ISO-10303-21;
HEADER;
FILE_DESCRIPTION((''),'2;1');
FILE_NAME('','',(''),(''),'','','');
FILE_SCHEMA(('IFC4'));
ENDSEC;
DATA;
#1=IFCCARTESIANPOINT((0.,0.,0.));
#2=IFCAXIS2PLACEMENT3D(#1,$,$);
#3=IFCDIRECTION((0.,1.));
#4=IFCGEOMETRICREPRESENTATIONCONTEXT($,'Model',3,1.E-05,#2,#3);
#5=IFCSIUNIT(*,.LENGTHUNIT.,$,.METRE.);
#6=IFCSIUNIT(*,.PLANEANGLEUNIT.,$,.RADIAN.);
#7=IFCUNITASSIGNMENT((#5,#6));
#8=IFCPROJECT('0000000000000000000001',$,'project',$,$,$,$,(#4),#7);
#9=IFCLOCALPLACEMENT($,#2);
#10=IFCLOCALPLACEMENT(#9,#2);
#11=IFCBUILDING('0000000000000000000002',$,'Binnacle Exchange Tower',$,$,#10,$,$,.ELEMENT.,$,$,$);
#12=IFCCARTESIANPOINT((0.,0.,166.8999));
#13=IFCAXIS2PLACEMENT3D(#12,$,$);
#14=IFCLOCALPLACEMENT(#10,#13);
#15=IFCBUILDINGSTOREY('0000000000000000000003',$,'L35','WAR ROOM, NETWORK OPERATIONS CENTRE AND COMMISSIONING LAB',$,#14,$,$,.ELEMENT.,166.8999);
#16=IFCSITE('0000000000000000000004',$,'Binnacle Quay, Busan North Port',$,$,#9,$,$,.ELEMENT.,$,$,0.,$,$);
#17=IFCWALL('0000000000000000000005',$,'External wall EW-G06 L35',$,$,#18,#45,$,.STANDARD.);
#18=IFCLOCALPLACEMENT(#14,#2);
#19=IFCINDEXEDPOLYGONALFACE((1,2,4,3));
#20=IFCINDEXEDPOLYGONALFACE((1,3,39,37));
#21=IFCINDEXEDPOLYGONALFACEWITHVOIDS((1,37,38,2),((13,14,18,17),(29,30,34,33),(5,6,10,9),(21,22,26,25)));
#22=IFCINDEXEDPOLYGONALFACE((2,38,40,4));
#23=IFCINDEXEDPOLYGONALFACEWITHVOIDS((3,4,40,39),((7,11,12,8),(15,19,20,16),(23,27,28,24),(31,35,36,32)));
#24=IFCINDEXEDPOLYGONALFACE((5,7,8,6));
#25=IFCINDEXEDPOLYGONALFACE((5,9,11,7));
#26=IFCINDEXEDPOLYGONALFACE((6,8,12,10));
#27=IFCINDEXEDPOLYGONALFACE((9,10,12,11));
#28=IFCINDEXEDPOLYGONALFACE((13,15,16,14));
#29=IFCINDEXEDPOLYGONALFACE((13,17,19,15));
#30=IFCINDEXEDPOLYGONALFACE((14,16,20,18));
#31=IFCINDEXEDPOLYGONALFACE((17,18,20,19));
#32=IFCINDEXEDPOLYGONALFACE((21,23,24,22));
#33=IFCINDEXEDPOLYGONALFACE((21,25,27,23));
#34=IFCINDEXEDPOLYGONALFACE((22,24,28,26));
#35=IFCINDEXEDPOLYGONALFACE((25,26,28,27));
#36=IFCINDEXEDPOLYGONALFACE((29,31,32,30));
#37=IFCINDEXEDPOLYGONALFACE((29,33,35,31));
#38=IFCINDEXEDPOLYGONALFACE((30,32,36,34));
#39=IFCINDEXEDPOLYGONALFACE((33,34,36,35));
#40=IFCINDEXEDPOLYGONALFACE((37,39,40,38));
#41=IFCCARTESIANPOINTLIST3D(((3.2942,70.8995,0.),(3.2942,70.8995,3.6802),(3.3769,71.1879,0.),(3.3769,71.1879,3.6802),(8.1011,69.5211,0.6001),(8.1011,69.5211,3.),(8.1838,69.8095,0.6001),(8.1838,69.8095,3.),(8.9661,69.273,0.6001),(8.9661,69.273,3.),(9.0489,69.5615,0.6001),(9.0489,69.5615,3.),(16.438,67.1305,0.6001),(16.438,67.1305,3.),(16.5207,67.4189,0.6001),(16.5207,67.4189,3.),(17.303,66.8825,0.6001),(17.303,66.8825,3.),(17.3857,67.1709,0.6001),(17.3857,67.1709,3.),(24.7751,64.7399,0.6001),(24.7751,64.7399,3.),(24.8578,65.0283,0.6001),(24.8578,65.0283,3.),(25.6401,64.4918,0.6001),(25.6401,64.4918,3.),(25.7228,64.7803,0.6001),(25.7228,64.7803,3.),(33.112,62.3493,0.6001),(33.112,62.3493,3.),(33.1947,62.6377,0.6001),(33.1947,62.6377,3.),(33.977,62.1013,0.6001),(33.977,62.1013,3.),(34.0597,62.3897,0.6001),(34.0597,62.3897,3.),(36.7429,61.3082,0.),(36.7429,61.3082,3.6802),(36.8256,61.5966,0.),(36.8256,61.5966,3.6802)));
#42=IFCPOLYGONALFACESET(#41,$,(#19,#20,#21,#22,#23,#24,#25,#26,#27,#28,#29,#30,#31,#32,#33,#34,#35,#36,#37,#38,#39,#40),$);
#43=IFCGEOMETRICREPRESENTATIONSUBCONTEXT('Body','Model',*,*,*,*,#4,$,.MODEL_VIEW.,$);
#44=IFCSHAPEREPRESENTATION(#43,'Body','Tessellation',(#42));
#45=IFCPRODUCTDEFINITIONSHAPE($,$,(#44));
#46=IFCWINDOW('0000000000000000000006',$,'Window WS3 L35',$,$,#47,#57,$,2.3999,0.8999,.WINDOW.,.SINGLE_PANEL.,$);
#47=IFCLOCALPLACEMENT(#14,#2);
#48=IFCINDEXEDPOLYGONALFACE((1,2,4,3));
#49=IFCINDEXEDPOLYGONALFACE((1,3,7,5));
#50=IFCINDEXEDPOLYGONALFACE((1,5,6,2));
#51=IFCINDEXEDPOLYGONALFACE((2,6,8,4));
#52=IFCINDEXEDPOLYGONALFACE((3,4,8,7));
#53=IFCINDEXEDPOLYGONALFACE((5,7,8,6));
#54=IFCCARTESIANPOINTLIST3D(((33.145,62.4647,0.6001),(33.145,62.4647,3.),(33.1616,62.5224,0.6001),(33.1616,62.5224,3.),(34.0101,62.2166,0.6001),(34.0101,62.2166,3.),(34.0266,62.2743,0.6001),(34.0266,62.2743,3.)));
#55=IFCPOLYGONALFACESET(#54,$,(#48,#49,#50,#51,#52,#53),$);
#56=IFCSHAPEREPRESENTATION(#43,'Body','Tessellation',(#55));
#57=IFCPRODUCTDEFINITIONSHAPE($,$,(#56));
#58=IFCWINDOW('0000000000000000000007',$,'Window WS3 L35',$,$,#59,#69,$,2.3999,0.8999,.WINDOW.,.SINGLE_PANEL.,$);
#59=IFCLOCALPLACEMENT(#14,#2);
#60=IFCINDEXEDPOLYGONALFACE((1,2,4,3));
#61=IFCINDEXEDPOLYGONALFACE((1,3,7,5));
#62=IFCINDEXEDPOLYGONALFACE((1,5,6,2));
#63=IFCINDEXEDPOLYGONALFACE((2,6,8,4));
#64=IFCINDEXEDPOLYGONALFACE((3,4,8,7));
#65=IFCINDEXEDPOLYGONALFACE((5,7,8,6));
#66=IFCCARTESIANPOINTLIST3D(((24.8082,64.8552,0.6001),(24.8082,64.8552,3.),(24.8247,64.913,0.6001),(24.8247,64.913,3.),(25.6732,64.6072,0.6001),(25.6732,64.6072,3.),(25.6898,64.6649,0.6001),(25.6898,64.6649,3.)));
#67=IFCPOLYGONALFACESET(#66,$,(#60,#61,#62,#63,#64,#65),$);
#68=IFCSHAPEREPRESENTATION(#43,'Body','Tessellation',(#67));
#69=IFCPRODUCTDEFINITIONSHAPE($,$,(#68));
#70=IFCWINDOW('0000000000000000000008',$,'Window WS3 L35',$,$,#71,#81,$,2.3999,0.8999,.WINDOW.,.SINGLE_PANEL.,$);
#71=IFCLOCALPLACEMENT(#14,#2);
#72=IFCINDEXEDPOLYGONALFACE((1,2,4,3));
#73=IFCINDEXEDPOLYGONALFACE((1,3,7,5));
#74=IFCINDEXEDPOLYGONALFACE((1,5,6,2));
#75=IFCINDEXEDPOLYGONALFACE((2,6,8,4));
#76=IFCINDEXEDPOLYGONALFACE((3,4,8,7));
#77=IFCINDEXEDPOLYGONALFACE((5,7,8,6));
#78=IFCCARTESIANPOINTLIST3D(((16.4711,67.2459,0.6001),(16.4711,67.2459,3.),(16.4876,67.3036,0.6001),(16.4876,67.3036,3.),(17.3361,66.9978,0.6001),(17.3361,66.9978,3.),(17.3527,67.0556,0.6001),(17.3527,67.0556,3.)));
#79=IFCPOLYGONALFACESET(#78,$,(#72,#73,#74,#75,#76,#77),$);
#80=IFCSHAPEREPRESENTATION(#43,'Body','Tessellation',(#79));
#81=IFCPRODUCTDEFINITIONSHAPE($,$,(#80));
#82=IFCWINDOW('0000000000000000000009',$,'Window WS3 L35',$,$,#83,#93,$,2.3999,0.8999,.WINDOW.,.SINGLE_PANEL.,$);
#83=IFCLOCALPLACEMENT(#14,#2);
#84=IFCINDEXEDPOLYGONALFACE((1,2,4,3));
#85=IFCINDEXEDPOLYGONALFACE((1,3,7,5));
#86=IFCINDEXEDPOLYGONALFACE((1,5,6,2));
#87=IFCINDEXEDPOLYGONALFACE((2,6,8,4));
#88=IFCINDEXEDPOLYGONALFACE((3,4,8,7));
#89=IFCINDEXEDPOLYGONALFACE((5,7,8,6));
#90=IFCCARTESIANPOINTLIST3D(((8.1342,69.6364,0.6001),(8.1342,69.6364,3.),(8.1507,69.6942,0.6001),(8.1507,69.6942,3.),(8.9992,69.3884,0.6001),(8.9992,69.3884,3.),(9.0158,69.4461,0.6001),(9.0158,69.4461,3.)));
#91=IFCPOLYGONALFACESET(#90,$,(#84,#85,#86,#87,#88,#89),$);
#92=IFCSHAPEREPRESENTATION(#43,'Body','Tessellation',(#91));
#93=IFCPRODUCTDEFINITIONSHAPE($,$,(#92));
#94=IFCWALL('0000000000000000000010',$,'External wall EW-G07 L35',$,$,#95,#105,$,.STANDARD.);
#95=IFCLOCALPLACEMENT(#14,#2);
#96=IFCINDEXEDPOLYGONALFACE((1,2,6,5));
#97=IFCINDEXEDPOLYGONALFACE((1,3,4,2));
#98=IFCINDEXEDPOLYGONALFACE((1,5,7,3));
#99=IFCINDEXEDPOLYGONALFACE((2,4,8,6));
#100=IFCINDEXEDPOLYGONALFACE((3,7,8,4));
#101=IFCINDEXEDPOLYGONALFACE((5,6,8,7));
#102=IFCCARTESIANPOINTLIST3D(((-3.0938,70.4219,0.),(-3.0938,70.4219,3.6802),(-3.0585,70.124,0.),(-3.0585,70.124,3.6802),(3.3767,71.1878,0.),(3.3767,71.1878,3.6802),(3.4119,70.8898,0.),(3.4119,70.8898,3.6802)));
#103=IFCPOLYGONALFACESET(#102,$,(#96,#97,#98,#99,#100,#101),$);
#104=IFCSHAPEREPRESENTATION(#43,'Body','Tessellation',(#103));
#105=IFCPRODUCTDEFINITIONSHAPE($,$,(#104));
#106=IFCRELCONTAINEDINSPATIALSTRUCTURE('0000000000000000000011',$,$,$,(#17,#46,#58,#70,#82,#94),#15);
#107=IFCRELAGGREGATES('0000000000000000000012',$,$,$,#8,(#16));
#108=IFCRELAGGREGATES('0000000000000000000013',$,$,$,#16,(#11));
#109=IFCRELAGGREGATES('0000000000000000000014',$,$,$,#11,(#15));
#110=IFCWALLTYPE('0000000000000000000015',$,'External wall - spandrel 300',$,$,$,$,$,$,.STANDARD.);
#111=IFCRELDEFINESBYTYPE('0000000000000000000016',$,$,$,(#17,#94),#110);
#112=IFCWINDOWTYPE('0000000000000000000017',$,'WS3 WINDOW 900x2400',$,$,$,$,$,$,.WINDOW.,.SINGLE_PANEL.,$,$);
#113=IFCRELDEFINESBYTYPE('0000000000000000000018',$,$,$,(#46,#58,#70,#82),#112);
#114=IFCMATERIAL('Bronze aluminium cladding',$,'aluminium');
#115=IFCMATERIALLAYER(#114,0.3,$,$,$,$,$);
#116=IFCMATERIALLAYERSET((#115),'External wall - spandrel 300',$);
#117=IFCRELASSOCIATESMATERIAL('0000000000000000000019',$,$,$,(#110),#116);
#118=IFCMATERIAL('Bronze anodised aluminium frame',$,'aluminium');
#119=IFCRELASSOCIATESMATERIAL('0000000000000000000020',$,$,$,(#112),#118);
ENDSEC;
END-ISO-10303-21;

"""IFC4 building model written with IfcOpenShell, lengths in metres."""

from ifc_helpers import new_model, si_unit, direction, frame, frame_2d, origin, place, context, subcontext, project, spatial, rectangle, extrude, material, layer, layer_set, type_object, element, fill, save


model = new_model("IFC4")

# Units and contexts
model_context = context("Model", 3, precision=1e-05, world=origin(), true_north=direction((0.0, 1.0)))
body_context = subcontext(model_context, "Body", "Model", "MODEL_VIEW")
ifc_project = project(units=[si_unit("LENGTHUNIT", "METRE"), si_unit("PLANEANGLEUNIT", "RADIAN")], contexts=[model_context])

# Site, building, storey
site_placement = place(None, origin())
site = spatial("IfcSite", under=ifc_project, at=site_placement, Name="Binnacle Quay, Busan North Port", CompositionType="ELEMENT", RefElevation=0.0)
building_placement = place(site_placement, origin())
building = spatial("IfcBuilding", under=site, at=building_placement, Name="Binnacle Exchange Tower", CompositionType="ELEMENT")
storey_placement = place(building_placement, frame((0.0, 0.0, 166.8999)))
storey = spatial("IfcBuildingStorey", under=building, at=storey_placement, Name="L35", Description="WAR ROOM, NETWORK OPERATIONS CENTRE AND COMMISSIONING LAB", CompositionType="ELEMENT", Elevation=166.8999)

# Wall, openings, windows
ifc_material_1 = material(Name="Bronze aluminium cladding", Category="aluminium")
ifc_layer = layer(ifc_material_1, 0.3)
ifc_layer_set = layer_set([ifc_layer], Name="External wall - spandrel 300")
wall_type = type_object("IfcWallType", Name="External wall - spandrel 300", PredefinedType="STANDARD", material=ifc_layer_set)
wall_1_placement = place(storey_placement, frame((3.3354, 71.0437, 0.0), z_axis=(0.0, 0.0, 1.0), x_axis=(0.961261, -0.275638, 0.0)))
wall_1 = element("IfcWall", 1, at=wall_1_placement, inside=storey, type_object=wall_type, Name="External wall EW-G06 L35", PredefinedType="STANDARD", context=body_context, shape_type="SweptSolid", body=[
    extrude(rectangle(XDim=34.7966, YDim=0.3, at=frame_2d((17.3984, 0.0))), origin(), (0.0, 0.0, 1.0), 3.6802),
])
opening_1_placement = place(wall_1_placement, frame((31.0195, 0.0, 0.6001)))
opening_1 = element("IfcOpeningElement", 2, at=opening_1_placement, cuts=wall_1, PredefinedType="OPENING", context=body_context, shape_type="SweptSolid", body=[
    extrude(rectangle(XDim=0.8999, YDim=2.3999, at=frame_2d((0.45, 1.2))), frame((0.0, 0.1599, 0.0), z_axis=(0.0, -1.0, 0.0), x_axis=(1.0, 0.0, 0.0)), (0.0, 0.0, 1.0), 0.3201),
])
opening_2_placement = place(wall_1_placement, frame((22.3467, 0.0, 0.6001)))
opening_2 = element("IfcOpeningElement", 3, at=opening_2_placement, cuts=wall_1, PredefinedType="OPENING", context=body_context, shape_type="SweptSolid", body=[
    extrude(rectangle(XDim=0.8999, YDim=2.3999, at=frame_2d((0.45, 1.2))), frame((0.0, 0.1599, 0.0), z_axis=(0.0, -1.0, 0.0), x_axis=(1.0, 0.0, 0.0)), (0.0, 0.0, 1.0), 0.3201),
])
opening_3_placement = place(wall_1_placement, frame((13.6736, 0.0, 0.6001)))
opening_3 = element("IfcOpeningElement", 4, at=opening_3_placement, cuts=wall_1, PredefinedType="OPENING", context=body_context, shape_type="SweptSolid", body=[
    extrude(rectangle(XDim=0.8999, YDim=2.3999, at=frame_2d((0.45, 1.2))), frame((0.0, 0.1599, 0.0), z_axis=(0.0, -1.0, 0.0), x_axis=(1.0, 0.0, 0.0)), (0.0, 0.0, 1.0), 0.3201),
])
opening_4_placement = place(wall_1_placement, frame((5.0007, 0.0, 0.6001)))
opening_4 = element("IfcOpeningElement", 5, at=opening_4_placement, cuts=wall_1, PredefinedType="OPENING", context=body_context, shape_type="SweptSolid", body=[
    extrude(rectangle(XDim=0.8999, YDim=2.3999, at=frame_2d((0.45, 1.2))), frame((0.0, 0.1599, 0.0), z_axis=(0.0, -1.0, 0.0), x_axis=(1.0, 0.0, 0.0)), (0.0, 0.0, 1.0), 0.3201),
])
ifc_material_2 = material(Name="Bronze anodised aluminium frame", Category="aluminium")
window_type = type_object("IfcWindowType", Name="WS3 WINDOW 900x2400", PartitioningType="SINGLE_PANEL", PredefinedType="WINDOW", material=ifc_material_2)
window_1_placement = place(opening_1_placement, origin())
window_1 = element("IfcWindow", 6, at=window_1_placement, inside=storey, type_object=window_type, Name="Window WS3 L35", OverallHeight=2.3999, OverallWidth=0.8999, PartitioningType="SINGLE_PANEL", PredefinedType="WINDOW", context=body_context, shape_type="SweptSolid", body=[
    extrude(rectangle(XDim=0.8999, YDim=2.3999, at=frame_2d((0.45, 1.2))), frame((0.0, 0.03, 0.0), z_axis=(0.0, -1.0, 0.0), x_axis=(1.0, 0.0, 0.0)), (0.0, 0.0, 1.0), 0.0601),
])
fill(opening_1, window_1)
window_2_placement = place(opening_2_placement, origin())
window_2 = element("IfcWindow", 7, at=window_2_placement, inside=storey, type_object=window_type, Name="Window WS3 L35", OverallHeight=2.3999, OverallWidth=0.8999, PartitioningType="SINGLE_PANEL", PredefinedType="WINDOW", context=body_context, shape_type="SweptSolid", body=[
    extrude(rectangle(XDim=0.8999, YDim=2.3999, at=frame_2d((0.45, 1.2))), frame((0.0, 0.03, 0.0), z_axis=(0.0, -1.0, 0.0), x_axis=(1.0, 0.0, 0.0)), (0.0, 0.0, 1.0), 0.0601),
])
fill(opening_2, window_2)
window_3_placement = place(opening_3_placement, origin())
window_3 = element("IfcWindow", 8, at=window_3_placement, inside=storey, type_object=window_type, Name="Window WS3 L35", OverallHeight=2.3999, OverallWidth=0.8999, PartitioningType="SINGLE_PANEL", PredefinedType="WINDOW", context=body_context, shape_type="SweptSolid", body=[
    extrude(rectangle(XDim=0.8999, YDim=2.3999, at=frame_2d((0.45, 1.2))), frame((0.0, 0.03, 0.0), z_axis=(0.0, -1.0, 0.0), x_axis=(1.0, 0.0, 0.0)), (0.0, 0.0, 1.0), 0.0601),
])
fill(opening_3, window_3)
window_4_placement = place(opening_4_placement, origin())
window_4 = element("IfcWindow", 9, at=window_4_placement, inside=storey, type_object=window_type, Name="Window WS3 L35", OverallHeight=2.3999, OverallWidth=0.8999, PartitioningType="SINGLE_PANEL", PredefinedType="WINDOW", context=body_context, shape_type="SweptSolid", body=[
    extrude(rectangle(XDim=0.8999, YDim=2.3999, at=frame_2d((0.45, 1.2))), frame((0.0, 0.03, 0.0), z_axis=(0.0, -1.0, 0.0), x_axis=(1.0, 0.0, 0.0)), (0.0, 0.0, 1.0), 0.0601),
])
fill(opening_4, window_4)

# Wall
wall_2_placement = place(storey_placement, frame((-3.0762, 70.2729, 0.0), z_axis=(0.0, 0.0, 1.0), x_axis=(0.993068, 0.117543, 0.0)))
element("IfcWall", 10, at=wall_2_placement, inside=storey, type_object=wall_type, Name="External wall EW-G07 L35", PredefinedType="STANDARD", context=body_context, shape_type="SweptSolid", body=[
    extrude(rectangle(XDim=6.5156, YDim=0.3, at=frame_2d((3.2578, 0.0))), origin(), (0.0, 0.0, 1.0), 3.6802),
])

save(model, "model.ifc")
